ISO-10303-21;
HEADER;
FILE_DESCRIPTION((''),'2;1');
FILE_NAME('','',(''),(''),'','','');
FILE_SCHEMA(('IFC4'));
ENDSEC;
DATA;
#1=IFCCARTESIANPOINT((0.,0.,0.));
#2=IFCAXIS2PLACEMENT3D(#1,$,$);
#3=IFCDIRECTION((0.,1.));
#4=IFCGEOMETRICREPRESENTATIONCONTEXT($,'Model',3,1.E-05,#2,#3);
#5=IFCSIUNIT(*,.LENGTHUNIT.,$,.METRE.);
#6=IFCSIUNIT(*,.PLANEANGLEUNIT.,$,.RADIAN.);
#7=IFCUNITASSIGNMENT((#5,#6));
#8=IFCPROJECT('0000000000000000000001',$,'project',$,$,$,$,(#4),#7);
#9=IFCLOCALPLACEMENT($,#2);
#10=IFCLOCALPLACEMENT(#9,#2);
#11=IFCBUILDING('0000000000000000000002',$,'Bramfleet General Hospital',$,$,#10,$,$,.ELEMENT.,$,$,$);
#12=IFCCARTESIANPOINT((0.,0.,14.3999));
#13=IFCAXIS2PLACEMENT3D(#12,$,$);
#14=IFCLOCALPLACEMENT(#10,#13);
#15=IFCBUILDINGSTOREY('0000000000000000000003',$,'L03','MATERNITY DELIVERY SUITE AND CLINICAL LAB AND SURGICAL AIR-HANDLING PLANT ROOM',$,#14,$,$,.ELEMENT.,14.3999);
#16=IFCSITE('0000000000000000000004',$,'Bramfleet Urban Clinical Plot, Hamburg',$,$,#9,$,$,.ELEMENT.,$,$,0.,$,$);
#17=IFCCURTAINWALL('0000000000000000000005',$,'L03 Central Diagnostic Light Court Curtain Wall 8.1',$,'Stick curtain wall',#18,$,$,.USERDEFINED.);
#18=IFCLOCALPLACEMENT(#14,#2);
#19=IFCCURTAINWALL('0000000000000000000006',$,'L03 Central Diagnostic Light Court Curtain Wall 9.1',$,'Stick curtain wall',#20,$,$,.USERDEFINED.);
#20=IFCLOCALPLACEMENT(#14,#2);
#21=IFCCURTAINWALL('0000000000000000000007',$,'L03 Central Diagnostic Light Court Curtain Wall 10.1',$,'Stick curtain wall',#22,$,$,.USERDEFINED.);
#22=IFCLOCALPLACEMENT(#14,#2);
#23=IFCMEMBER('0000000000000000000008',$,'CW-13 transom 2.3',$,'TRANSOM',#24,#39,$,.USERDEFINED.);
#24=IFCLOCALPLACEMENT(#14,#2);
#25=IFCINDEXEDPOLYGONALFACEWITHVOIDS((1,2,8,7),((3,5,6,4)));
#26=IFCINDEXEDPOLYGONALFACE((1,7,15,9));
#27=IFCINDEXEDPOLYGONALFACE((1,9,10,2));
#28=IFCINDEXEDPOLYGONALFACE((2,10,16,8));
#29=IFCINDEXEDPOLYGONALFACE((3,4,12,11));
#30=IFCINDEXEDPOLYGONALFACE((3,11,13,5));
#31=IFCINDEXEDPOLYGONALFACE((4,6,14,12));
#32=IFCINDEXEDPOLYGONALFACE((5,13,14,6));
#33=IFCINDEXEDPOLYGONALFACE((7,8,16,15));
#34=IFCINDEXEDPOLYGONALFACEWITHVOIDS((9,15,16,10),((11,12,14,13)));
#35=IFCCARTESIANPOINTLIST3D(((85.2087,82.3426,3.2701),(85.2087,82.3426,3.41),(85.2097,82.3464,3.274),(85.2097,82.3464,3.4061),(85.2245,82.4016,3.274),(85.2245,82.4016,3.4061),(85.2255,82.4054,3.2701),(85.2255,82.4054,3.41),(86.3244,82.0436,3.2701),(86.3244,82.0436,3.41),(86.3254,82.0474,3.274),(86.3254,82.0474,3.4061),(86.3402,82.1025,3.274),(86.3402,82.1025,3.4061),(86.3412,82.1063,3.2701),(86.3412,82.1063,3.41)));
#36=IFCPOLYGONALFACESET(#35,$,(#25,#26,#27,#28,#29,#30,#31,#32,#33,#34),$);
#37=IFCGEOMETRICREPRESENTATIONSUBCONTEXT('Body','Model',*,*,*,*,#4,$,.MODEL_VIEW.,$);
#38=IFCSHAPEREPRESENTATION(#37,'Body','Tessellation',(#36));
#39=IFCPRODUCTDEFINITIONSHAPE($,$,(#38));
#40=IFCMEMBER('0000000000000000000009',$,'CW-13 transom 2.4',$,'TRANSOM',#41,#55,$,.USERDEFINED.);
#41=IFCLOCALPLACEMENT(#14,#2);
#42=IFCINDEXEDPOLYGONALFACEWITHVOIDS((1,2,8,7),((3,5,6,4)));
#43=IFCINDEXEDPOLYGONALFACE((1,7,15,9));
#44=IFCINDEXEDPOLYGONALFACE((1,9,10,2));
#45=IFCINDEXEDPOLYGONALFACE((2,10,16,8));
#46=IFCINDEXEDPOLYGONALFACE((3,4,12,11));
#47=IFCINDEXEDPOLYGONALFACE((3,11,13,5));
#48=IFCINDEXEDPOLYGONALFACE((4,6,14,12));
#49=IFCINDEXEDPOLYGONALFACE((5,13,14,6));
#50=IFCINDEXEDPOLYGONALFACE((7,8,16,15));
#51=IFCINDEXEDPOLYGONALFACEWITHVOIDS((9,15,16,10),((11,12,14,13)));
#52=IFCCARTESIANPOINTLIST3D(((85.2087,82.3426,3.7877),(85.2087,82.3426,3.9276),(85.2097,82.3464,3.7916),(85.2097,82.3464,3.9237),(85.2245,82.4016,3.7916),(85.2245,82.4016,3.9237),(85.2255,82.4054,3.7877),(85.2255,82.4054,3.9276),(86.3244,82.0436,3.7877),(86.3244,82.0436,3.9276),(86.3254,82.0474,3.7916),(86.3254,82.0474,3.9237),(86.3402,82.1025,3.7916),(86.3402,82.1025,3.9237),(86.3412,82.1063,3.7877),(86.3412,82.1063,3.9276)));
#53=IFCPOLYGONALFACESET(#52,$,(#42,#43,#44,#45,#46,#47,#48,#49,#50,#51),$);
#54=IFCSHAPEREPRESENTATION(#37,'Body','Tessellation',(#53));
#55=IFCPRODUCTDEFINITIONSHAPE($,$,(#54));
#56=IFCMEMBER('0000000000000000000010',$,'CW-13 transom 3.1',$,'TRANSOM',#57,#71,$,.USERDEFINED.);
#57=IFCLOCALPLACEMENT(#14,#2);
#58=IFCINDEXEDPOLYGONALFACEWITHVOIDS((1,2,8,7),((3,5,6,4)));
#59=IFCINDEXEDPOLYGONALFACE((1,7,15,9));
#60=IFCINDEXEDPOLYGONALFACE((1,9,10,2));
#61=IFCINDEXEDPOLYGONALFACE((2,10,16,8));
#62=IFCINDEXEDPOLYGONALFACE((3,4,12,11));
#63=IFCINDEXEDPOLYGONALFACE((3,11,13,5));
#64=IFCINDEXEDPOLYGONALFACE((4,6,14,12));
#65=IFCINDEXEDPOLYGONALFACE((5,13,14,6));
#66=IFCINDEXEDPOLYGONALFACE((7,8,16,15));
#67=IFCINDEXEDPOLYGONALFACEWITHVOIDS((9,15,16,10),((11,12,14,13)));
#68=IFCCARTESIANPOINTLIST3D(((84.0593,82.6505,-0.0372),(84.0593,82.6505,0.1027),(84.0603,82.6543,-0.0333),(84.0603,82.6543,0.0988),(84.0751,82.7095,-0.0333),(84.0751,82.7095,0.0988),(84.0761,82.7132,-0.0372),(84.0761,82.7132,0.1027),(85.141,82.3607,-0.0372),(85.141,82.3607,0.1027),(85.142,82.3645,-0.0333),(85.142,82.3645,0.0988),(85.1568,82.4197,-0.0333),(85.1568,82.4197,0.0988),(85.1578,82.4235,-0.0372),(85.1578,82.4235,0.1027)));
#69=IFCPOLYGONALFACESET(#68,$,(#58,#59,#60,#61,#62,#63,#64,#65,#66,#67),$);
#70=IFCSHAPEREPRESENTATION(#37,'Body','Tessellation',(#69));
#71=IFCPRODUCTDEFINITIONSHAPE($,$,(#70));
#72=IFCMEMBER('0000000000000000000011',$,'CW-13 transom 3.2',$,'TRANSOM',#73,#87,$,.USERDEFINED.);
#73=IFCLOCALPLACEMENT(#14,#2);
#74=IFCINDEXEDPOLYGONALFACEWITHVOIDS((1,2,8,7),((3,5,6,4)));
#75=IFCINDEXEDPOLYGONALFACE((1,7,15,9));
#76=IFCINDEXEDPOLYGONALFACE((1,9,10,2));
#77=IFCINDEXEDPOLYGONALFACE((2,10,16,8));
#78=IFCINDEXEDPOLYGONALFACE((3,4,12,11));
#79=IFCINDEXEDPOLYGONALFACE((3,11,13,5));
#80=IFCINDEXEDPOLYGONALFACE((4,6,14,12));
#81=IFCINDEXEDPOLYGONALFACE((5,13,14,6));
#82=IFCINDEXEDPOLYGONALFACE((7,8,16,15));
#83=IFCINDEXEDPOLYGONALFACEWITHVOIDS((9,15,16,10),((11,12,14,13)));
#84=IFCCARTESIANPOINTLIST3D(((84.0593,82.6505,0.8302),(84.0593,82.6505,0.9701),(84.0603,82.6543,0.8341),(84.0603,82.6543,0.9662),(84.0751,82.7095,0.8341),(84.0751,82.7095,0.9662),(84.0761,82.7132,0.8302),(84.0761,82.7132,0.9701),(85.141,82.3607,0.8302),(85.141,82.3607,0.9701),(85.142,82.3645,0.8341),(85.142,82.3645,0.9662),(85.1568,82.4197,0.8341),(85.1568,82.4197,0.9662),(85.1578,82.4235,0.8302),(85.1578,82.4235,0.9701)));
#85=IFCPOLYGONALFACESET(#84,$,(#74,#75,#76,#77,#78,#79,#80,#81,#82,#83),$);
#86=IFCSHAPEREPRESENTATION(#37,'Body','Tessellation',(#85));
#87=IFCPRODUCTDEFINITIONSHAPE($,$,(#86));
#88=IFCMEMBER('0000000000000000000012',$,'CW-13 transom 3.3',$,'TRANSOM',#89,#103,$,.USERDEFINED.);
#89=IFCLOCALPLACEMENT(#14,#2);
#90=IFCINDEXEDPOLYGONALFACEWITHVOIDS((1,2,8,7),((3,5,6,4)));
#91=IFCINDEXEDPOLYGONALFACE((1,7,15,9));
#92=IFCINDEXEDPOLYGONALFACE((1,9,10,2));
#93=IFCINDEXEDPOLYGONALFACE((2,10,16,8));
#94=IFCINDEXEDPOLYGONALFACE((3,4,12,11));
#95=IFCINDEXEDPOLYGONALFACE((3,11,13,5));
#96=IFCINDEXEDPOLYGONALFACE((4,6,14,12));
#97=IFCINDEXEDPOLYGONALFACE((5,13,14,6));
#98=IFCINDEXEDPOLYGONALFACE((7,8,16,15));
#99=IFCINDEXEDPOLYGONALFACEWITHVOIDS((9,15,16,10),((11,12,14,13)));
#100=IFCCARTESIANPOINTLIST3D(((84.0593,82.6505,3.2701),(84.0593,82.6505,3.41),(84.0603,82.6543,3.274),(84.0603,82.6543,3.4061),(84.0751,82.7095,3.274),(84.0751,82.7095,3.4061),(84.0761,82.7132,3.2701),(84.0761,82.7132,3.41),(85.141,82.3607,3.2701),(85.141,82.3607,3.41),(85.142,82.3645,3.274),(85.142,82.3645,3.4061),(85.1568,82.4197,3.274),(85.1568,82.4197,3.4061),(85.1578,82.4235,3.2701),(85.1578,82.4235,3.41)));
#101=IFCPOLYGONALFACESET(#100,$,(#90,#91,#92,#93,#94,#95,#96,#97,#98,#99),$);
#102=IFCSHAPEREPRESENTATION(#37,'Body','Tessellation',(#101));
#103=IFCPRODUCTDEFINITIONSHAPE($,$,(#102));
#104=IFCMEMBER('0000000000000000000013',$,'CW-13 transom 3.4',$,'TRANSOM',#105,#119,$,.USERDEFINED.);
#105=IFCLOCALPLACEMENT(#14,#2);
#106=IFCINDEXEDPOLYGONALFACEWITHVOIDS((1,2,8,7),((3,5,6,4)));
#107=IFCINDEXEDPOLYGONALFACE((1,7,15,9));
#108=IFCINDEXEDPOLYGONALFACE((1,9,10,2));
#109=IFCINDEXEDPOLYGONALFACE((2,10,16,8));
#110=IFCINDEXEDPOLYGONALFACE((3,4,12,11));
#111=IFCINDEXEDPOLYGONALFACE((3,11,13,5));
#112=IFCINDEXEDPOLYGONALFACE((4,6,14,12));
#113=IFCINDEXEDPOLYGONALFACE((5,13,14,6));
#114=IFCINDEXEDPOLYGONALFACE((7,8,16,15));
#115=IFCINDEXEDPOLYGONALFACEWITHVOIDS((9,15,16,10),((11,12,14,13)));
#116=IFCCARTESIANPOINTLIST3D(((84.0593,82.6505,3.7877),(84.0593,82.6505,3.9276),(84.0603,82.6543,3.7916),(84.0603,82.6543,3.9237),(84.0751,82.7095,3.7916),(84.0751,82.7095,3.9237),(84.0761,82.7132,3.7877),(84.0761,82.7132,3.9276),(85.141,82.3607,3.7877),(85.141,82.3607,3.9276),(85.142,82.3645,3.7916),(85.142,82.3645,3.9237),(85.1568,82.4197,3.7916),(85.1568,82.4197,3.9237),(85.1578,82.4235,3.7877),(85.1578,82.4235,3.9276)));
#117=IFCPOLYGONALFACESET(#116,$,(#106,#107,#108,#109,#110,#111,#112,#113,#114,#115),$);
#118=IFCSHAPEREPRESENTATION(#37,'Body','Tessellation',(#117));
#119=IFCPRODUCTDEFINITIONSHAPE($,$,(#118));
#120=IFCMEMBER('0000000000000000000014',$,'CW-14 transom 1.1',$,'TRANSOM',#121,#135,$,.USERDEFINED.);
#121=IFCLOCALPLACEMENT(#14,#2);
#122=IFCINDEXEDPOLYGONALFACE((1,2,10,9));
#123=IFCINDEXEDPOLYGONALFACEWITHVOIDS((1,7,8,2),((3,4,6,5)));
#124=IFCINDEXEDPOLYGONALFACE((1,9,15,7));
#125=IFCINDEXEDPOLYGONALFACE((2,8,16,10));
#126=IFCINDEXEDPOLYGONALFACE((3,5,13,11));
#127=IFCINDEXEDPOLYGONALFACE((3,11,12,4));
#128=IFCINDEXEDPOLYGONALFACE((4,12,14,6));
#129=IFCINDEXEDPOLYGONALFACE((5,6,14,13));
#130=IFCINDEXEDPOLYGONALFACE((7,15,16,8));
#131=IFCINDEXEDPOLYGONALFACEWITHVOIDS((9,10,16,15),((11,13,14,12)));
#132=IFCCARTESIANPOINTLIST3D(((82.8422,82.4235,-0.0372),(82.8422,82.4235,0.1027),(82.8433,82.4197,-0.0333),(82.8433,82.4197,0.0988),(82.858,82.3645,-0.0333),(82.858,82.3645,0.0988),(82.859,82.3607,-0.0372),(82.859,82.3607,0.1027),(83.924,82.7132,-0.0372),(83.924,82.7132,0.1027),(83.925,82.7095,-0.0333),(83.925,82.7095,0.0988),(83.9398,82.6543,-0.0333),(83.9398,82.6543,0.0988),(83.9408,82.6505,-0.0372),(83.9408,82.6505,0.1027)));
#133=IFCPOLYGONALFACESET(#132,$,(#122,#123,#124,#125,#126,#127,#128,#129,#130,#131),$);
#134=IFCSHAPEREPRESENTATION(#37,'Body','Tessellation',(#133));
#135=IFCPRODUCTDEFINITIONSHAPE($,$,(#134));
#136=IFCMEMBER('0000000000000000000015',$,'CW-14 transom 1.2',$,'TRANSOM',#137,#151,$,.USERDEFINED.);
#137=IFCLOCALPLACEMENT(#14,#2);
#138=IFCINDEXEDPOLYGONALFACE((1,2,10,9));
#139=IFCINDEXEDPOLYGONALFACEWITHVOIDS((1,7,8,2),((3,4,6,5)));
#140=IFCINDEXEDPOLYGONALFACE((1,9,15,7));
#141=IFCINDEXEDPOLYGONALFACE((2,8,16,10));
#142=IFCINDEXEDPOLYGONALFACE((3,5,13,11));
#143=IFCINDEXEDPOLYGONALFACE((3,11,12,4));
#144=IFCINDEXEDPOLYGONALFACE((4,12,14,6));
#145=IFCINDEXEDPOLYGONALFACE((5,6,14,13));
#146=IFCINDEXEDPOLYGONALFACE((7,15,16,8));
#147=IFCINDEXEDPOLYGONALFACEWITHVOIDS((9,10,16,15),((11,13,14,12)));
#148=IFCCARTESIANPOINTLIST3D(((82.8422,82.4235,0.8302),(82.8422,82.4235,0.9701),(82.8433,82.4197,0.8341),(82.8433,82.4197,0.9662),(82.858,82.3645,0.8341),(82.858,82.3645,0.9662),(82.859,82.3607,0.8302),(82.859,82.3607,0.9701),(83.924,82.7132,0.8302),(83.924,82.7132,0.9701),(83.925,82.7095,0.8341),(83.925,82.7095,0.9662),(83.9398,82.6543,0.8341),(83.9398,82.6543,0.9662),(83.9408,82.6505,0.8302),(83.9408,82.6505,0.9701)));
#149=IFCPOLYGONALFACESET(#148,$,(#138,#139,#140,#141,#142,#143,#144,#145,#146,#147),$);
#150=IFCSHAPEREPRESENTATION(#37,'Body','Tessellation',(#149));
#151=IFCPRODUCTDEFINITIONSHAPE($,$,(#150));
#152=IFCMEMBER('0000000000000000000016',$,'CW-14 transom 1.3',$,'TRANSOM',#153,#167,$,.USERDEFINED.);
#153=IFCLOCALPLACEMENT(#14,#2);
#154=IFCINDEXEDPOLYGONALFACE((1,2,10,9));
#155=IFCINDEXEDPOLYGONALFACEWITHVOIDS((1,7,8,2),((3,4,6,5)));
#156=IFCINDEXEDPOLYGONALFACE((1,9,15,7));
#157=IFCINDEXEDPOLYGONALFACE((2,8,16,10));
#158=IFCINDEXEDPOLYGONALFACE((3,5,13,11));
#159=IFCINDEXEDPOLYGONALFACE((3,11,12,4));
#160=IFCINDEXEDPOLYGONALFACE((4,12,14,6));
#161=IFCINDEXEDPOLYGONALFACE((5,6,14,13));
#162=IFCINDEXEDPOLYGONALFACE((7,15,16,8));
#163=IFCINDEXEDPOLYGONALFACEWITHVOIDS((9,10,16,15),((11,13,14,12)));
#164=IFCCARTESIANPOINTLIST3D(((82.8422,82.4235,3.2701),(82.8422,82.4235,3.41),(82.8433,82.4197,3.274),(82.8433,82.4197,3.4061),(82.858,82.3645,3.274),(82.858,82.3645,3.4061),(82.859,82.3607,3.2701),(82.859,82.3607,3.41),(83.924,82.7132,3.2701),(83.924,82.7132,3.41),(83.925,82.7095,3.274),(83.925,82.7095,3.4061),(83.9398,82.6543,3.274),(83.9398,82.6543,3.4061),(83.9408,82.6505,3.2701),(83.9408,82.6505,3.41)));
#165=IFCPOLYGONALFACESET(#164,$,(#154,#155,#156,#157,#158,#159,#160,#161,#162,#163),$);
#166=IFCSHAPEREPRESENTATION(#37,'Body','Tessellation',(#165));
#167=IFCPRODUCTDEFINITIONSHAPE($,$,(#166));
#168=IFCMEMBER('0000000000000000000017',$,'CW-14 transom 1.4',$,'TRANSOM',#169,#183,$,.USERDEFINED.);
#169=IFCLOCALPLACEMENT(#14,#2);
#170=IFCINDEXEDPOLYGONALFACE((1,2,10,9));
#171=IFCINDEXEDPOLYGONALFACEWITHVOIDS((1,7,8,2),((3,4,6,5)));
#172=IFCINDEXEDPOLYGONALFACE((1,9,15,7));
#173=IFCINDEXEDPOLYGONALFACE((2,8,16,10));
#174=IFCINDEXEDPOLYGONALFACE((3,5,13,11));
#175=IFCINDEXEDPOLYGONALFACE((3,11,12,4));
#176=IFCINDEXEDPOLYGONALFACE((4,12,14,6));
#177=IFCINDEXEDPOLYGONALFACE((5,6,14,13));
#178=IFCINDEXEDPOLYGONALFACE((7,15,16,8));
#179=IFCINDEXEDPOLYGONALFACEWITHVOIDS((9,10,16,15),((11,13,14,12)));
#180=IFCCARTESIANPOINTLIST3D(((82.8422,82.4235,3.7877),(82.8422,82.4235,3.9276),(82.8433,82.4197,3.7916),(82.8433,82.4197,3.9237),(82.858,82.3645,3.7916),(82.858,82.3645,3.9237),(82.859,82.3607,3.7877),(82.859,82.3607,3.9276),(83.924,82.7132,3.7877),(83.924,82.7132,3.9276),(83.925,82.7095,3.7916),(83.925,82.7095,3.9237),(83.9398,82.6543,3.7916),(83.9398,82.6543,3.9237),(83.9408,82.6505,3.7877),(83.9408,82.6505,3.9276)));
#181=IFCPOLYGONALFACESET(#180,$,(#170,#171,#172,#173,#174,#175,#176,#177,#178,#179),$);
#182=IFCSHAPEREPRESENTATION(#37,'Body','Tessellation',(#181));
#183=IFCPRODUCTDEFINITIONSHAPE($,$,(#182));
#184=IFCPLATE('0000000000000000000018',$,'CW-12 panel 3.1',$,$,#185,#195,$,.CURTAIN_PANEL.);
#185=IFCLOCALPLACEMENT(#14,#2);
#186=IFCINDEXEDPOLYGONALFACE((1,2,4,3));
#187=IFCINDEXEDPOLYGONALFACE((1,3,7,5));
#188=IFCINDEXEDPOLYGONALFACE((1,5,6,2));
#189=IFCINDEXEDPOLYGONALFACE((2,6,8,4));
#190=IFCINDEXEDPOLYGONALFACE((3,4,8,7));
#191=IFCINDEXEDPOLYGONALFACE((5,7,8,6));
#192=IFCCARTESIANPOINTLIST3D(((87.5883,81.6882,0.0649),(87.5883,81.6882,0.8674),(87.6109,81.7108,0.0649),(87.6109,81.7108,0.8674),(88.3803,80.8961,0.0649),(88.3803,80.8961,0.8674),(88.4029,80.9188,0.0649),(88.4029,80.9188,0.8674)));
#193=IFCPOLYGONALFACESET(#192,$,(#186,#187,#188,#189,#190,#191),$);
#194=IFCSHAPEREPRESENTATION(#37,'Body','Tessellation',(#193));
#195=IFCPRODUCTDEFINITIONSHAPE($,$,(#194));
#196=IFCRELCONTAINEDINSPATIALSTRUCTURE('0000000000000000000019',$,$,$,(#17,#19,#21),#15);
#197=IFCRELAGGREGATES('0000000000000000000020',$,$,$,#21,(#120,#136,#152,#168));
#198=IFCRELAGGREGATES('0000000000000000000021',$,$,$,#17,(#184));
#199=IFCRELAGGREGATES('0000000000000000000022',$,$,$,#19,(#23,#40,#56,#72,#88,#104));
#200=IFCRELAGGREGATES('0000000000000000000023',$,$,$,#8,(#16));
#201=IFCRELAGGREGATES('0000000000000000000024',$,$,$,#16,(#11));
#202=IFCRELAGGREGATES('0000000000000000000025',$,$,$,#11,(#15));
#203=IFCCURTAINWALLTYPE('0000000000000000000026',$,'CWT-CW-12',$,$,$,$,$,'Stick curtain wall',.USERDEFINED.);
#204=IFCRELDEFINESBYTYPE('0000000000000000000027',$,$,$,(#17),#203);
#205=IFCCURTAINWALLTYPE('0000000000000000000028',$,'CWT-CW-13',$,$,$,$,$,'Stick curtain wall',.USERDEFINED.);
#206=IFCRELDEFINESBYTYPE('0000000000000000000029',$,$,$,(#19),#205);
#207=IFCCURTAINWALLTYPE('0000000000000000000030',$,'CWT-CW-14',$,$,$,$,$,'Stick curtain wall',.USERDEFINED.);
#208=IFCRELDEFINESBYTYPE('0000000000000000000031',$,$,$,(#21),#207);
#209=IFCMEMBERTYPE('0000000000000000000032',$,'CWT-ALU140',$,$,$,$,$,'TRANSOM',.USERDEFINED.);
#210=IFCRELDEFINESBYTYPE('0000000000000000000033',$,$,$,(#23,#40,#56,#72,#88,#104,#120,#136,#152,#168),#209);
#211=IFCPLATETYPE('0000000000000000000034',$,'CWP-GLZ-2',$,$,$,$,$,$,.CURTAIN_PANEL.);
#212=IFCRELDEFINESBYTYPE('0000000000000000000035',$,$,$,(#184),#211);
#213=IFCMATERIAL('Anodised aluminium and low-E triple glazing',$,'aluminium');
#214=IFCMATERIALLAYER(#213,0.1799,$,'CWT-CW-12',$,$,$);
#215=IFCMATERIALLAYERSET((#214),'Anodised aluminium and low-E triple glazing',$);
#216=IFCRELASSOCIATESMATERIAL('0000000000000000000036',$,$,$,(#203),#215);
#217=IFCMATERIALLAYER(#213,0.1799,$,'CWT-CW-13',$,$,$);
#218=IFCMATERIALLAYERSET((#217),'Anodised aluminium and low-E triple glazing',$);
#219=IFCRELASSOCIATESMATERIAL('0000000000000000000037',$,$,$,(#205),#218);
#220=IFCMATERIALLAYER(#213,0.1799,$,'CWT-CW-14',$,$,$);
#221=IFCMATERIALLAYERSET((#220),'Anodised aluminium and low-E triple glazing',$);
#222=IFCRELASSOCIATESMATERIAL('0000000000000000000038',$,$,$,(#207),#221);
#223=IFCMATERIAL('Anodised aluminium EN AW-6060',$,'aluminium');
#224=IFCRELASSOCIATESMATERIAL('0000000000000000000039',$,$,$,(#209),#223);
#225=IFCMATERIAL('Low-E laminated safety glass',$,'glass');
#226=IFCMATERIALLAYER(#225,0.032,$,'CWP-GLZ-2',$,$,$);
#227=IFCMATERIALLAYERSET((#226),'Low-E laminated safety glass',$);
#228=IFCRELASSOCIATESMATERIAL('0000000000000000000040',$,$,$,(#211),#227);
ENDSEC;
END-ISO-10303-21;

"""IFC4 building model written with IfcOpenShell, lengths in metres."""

from ifc_helpers import new_model, si_unit, direction, frame, origin, origin_2d, place, context, subcontext, project, spatial, rectangle, hollow_rectangle, extrude, material, layer, layer_set, material_profile, profile_set, type_object, element, aggregate, save


model = new_model("IFC4")

# Units and contexts
model_context = context("Model", 3, precision=1e-05, world=origin(), true_north=direction((0.0, 1.0)))
body_context = subcontext(model_context, "Body", "Model", "MODEL_VIEW")
ifc_project = project(units=[si_unit("LENGTHUNIT", "METRE"), si_unit("PLANEANGLEUNIT", "RADIAN")], contexts=[model_context])

# Site, building, storey
site_placement = place(None, origin())
site = spatial("IfcSite", under=ifc_project, at=site_placement, Name="Bramfleet Urban Clinical Plot, Hamburg", CompositionType="ELEMENT", RefElevation=0.0)
building_placement = place(site_placement, origin())
building = spatial("IfcBuilding", under=site, at=building_placement, Name="Bramfleet General Hospital", CompositionType="ELEMENT")
storey_placement = place(building_placement, frame((0.0, 0.0, 14.3999)))
storey = spatial("IfcBuildingStorey", under=building, at=storey_placement, Name="L03", Description="MATERNITY DELIVERY SUITE AND CLINICAL LAB AND SURGICAL AIR-HANDLING PLANT ROOM", CompositionType="ELEMENT", Elevation=14.3999)

# Curtain wall
ifc_material_1 = material(Name="Anodised aluminium and low-E triple glazing", Category="aluminium")
ifc_layer_1 = layer(ifc_material_1, 0.1799, Name="CWT-CW-12")
ifc_layer_set_1 = layer_set([ifc_layer_1], Name="Anodised aluminium and low-E triple glazing")
curtain_wall_type_1 = type_object("IfcCurtainWallType", Name="CWT-CW-12", ElementType="Stick curtain wall", PredefinedType="USERDEFINED", material=ifc_layer_set_1)
curtain_wall_1_placement = place(storey_placement, origin())
curtain_wall_1 = element("IfcCurtainWall", 1, at=curtain_wall_1_placement, inside=storey, type_object=curtain_wall_type_1, Name="L03 Central Diagnostic Light Court Curtain Wall 8.1", ObjectType="Stick curtain wall", PredefinedType="USERDEFINED")
ifc_material_2 = material(Name="Anodised aluminium EN AW-6060", Category="aluminium")

# Curtain wall
ifc_layer_2 = layer(ifc_material_1, 0.1799, Name="CWT-CW-13")
ifc_layer_set_2 = layer_set([ifc_layer_2], Name="Anodised aluminium and low-E triple glazing")
curtain_wall_type_2 = type_object("IfcCurtainWallType", Name="CWT-CW-13", ElementType="Stick curtain wall", PredefinedType="USERDEFINED", material=ifc_layer_set_2)
curtain_wall_2_placement = place(storey_placement, origin())
curtain_wall_2 = element("IfcCurtainWall", 2, at=curtain_wall_2_placement, inside=storey, type_object=curtain_wall_type_2, Name="L03 Central Diagnostic Light Court Curtain Wall 9.1", ObjectType="Stick curtain wall", PredefinedType="USERDEFINED")

# Curtain wall
ifc_layer_3 = layer(ifc_material_1, 0.1799, Name="CWT-CW-14")
ifc_layer_set_3 = layer_set([ifc_layer_3], Name="Anodised aluminium and low-E triple glazing")
curtain_wall_type_3 = type_object("IfcCurtainWallType", Name="CWT-CW-14", ElementType="Stick curtain wall", PredefinedType="USERDEFINED", material=ifc_layer_set_3)
curtain_wall_3_placement = place(storey_placement, origin())
curtain_wall_3 = element("IfcCurtainWall", 3, at=curtain_wall_3_placement, inside=storey, type_object=curtain_wall_type_3, Name="L03 Central Diagnostic Light Court Curtain Wall 10.1", ObjectType="Stick curtain wall", PredefinedType="USERDEFINED")

# Members
ifc_material_profile_1 = material_profile(ifc_material_2, hollow_rectangle(XDim=0.0649, YDim=0.1399, WallThickness=0.0039, at=origin_2d()), Name="ALU 140x65x4.0")
ifc_profile_set_1 = profile_set([ifc_material_profile_1], Name="Anodised aluminium EN AW-6060")
member_type_1 = type_object("IfcMemberType", Name="CWT-ALU140", ElementType="TRANSOM", PredefinedType="USERDEFINED", material=ifc_profile_set_1)
member_1_placement = place(storey_placement, frame((86.3328, 82.075, 3.3401), z_axis=(-0.965901, 0.258912, 0.0), x_axis=(-0.258912, -0.965901, 0.0)))
member_1 = element("IfcMember", 4, at=member_1_placement, type_object=member_type_1, Name="CW-13 transom 2.3", ObjectType="TRANSOM", PredefinedType="USERDEFINED", context=body_context, shape_type="SweptSolid", body=[
    extrude(hollow_rectangle(XDim=0.0649, YDim=0.1399, WallThickness=0.0039, at=origin_2d()), origin(), (0.0, 0.0, 1.0), 1.155),
])
member_2_placement = place(storey_placement, frame((86.3328, 82.075, 3.8577), z_axis=(-0.965901, 0.258912, 0.0), x_axis=(-0.258912, -0.965901, 0.0)))
member_2 = element("IfcMember", 5, at=member_2_placement, type_object=member_type_1, Name="CW-13 transom 2.4", ObjectType="TRANSOM", PredefinedType="USERDEFINED", context=body_context, shape_type="SweptSolid", body=[
    extrude(hollow_rectangle(XDim=0.0649, YDim=0.1399, WallThickness=0.0039, at=origin_2d()), origin(), (0.0, 0.0, 1.0), 1.155),
])
member_3_placement = place(storey_placement, frame((85.1494, 82.3921, 0.0327), z_axis=(-0.965941, 0.258762, 0.0), x_axis=(-0.258762, -0.965941, 0.0)))
member_3 = element("IfcMember", 6, at=member_3_placement, type_object=member_type_1, Name="CW-13 transom 3.1", ObjectType="TRANSOM", PredefinedType="USERDEFINED", context=body_context, shape_type="SweptSolid", body=[
    extrude(hollow_rectangle(XDim=0.0649, YDim=0.1399, WallThickness=0.0039, at=origin_2d()), origin(), (0.0, 0.0, 1.0), 1.1199),
])
member_4_placement = place(storey_placement, frame((85.1494, 82.3921, 0.9001), z_axis=(-0.965941, 0.258762, 0.0), x_axis=(-0.258762, -0.965941, 0.0)))
member_4 = element("IfcMember", 7, at=member_4_placement, type_object=member_type_1, Name="CW-13 transom 3.2", ObjectType="TRANSOM", PredefinedType="USERDEFINED", context=body_context, shape_type="SweptSolid", body=[
    extrude(hollow_rectangle(XDim=0.0649, YDim=0.1399, WallThickness=0.0039, at=origin_2d()), origin(), (0.0, 0.0, 1.0), 1.1199),
])
member_5_placement = place(storey_placement, frame((85.1494, 82.3921, 3.3401), z_axis=(-0.965941, 0.258762, 0.0), x_axis=(-0.258762, -0.965941, 0.0)))
member_5 = element("IfcMember", 8, at=member_5_placement, type_object=member_type_1, Name="CW-13 transom 3.3", ObjectType="TRANSOM", PredefinedType="USERDEFINED", context=body_context, shape_type="SweptSolid", body=[
    extrude(hollow_rectangle(XDim=0.0649, YDim=0.1399, WallThickness=0.0039, at=origin_2d()), origin(), (0.0, 0.0, 1.0), 1.1199),
])
member_6_placement = place(storey_placement, frame((85.1494, 82.3921, 3.8577), z_axis=(-0.965941, 0.258762, 0.0), x_axis=(-0.258762, -0.965941, 0.0)))
member_6 = element("IfcMember", 9, at=member_6_placement, type_object=member_type_1, Name="CW-13 transom 3.4", ObjectType="TRANSOM", PredefinedType="USERDEFINED", context=body_context, shape_type="SweptSolid", body=[
    extrude(hollow_rectangle(XDim=0.0649, YDim=0.1399, WallThickness=0.0039, at=origin_2d()), origin(), (0.0, 0.0, 1.0), 1.1199),
])
member_7_placement = place(storey_placement, frame((83.9324, 82.6819, 0.0327), z_axis=(-0.965941, -0.258762, 0.0), x_axis=(0.258762, -0.965941, 0.0)))
member_7 = element("IfcMember", 10, at=member_7_placement, type_object=member_type_1, Name="CW-14 transom 1.1", ObjectType="TRANSOM", PredefinedType="USERDEFINED", context=body_context, shape_type="SweptSolid", body=[
    extrude(hollow_rectangle(XDim=0.0649, YDim=0.1399, WallThickness=0.0039, at=origin_2d()), origin(), (0.0, 0.0, 1.0), 1.1199),
])
member_8_placement = place(storey_placement, frame((83.9324, 82.6819, 0.9001), z_axis=(-0.965941, -0.258762, 0.0), x_axis=(0.258762, -0.965941, 0.0)))
member_8 = element("IfcMember", 11, at=member_8_placement, type_object=member_type_1, Name="CW-14 transom 1.2", ObjectType="TRANSOM", PredefinedType="USERDEFINED", context=body_context, shape_type="SweptSolid", body=[
    extrude(hollow_rectangle(XDim=0.0649, YDim=0.1399, WallThickness=0.0039, at=origin_2d()), origin(), (0.0, 0.0, 1.0), 1.1199),
])
member_9_placement = place(storey_placement, frame((83.9324, 82.6819, 3.3401), z_axis=(-0.965941, -0.258762, 0.0), x_axis=(0.258762, -0.965941, 0.0)))
member_9 = element("IfcMember", 12, at=member_9_placement, type_object=member_type_1, Name="CW-14 transom 1.3", ObjectType="TRANSOM", PredefinedType="USERDEFINED", context=body_context, shape_type="SweptSolid", body=[
    extrude(hollow_rectangle(XDim=0.0649, YDim=0.1399, WallThickness=0.0039, at=origin_2d()), origin(), (0.0, 0.0, 1.0), 1.1199),
])
member_10_placement = place(storey_placement, frame((83.9324, 82.6819, 3.8577), z_axis=(-0.965941, -0.258762, 0.0), x_axis=(0.258762, -0.965941, 0.0)))
member_10 = element("IfcMember", 13, at=member_10_placement, type_object=member_type_1, Name="CW-14 transom 1.4", ObjectType="TRANSOM", PredefinedType="USERDEFINED", context=body_context, shape_type="SweptSolid", body=[
    extrude(hollow_rectangle(XDim=0.0649, YDim=0.1399, WallThickness=0.0039, at=origin_2d()), origin(), (0.0, 0.0, 1.0), 1.1199),
])
aggregate(curtain_wall_3, [member_7, member_8, member_9, member_10])

# Plate
ifc_material_3 = material(Name="Low-E laminated safety glass", Category="glass")
ifc_layer_4 = layer(ifc_material_3, 0.032, Name="CWP-GLZ-2")
ifc_layer_set_4 = layer_set([ifc_layer_4], Name="Low-E laminated safety glass")
plate_type = type_object("IfcPlateType", Name="CWP-GLZ-2", PredefinedType="CURTAIN_PANEL", material=ifc_layer_set_4)
plate_1_placement = place(storey_placement, frame((87.9956, 81.3035, 0.0649), z_axis=(0.0, 0.0, 1.0), x_axis=(-0.707107, 0.707107, 0.0)))
plate_1 = element("IfcPlate", 14, at=plate_1_placement, type_object=plate_type, Name="CW-12 panel 3.1", PredefinedType="CURTAIN_PANEL", context=body_context, shape_type="SweptSolid", body=[
    extrude(rectangle(XDim=1.1201, YDim=0.032, at=origin_2d()), origin(), (0.0, 0.0, 1.0), 0.8025),
])
aggregate(curtain_wall_1, [plate_1])
aggregate(curtain_wall_2, [member_1, member_2, member_3, member_4, member_5, member_6])

save(model, "model.ifc")
